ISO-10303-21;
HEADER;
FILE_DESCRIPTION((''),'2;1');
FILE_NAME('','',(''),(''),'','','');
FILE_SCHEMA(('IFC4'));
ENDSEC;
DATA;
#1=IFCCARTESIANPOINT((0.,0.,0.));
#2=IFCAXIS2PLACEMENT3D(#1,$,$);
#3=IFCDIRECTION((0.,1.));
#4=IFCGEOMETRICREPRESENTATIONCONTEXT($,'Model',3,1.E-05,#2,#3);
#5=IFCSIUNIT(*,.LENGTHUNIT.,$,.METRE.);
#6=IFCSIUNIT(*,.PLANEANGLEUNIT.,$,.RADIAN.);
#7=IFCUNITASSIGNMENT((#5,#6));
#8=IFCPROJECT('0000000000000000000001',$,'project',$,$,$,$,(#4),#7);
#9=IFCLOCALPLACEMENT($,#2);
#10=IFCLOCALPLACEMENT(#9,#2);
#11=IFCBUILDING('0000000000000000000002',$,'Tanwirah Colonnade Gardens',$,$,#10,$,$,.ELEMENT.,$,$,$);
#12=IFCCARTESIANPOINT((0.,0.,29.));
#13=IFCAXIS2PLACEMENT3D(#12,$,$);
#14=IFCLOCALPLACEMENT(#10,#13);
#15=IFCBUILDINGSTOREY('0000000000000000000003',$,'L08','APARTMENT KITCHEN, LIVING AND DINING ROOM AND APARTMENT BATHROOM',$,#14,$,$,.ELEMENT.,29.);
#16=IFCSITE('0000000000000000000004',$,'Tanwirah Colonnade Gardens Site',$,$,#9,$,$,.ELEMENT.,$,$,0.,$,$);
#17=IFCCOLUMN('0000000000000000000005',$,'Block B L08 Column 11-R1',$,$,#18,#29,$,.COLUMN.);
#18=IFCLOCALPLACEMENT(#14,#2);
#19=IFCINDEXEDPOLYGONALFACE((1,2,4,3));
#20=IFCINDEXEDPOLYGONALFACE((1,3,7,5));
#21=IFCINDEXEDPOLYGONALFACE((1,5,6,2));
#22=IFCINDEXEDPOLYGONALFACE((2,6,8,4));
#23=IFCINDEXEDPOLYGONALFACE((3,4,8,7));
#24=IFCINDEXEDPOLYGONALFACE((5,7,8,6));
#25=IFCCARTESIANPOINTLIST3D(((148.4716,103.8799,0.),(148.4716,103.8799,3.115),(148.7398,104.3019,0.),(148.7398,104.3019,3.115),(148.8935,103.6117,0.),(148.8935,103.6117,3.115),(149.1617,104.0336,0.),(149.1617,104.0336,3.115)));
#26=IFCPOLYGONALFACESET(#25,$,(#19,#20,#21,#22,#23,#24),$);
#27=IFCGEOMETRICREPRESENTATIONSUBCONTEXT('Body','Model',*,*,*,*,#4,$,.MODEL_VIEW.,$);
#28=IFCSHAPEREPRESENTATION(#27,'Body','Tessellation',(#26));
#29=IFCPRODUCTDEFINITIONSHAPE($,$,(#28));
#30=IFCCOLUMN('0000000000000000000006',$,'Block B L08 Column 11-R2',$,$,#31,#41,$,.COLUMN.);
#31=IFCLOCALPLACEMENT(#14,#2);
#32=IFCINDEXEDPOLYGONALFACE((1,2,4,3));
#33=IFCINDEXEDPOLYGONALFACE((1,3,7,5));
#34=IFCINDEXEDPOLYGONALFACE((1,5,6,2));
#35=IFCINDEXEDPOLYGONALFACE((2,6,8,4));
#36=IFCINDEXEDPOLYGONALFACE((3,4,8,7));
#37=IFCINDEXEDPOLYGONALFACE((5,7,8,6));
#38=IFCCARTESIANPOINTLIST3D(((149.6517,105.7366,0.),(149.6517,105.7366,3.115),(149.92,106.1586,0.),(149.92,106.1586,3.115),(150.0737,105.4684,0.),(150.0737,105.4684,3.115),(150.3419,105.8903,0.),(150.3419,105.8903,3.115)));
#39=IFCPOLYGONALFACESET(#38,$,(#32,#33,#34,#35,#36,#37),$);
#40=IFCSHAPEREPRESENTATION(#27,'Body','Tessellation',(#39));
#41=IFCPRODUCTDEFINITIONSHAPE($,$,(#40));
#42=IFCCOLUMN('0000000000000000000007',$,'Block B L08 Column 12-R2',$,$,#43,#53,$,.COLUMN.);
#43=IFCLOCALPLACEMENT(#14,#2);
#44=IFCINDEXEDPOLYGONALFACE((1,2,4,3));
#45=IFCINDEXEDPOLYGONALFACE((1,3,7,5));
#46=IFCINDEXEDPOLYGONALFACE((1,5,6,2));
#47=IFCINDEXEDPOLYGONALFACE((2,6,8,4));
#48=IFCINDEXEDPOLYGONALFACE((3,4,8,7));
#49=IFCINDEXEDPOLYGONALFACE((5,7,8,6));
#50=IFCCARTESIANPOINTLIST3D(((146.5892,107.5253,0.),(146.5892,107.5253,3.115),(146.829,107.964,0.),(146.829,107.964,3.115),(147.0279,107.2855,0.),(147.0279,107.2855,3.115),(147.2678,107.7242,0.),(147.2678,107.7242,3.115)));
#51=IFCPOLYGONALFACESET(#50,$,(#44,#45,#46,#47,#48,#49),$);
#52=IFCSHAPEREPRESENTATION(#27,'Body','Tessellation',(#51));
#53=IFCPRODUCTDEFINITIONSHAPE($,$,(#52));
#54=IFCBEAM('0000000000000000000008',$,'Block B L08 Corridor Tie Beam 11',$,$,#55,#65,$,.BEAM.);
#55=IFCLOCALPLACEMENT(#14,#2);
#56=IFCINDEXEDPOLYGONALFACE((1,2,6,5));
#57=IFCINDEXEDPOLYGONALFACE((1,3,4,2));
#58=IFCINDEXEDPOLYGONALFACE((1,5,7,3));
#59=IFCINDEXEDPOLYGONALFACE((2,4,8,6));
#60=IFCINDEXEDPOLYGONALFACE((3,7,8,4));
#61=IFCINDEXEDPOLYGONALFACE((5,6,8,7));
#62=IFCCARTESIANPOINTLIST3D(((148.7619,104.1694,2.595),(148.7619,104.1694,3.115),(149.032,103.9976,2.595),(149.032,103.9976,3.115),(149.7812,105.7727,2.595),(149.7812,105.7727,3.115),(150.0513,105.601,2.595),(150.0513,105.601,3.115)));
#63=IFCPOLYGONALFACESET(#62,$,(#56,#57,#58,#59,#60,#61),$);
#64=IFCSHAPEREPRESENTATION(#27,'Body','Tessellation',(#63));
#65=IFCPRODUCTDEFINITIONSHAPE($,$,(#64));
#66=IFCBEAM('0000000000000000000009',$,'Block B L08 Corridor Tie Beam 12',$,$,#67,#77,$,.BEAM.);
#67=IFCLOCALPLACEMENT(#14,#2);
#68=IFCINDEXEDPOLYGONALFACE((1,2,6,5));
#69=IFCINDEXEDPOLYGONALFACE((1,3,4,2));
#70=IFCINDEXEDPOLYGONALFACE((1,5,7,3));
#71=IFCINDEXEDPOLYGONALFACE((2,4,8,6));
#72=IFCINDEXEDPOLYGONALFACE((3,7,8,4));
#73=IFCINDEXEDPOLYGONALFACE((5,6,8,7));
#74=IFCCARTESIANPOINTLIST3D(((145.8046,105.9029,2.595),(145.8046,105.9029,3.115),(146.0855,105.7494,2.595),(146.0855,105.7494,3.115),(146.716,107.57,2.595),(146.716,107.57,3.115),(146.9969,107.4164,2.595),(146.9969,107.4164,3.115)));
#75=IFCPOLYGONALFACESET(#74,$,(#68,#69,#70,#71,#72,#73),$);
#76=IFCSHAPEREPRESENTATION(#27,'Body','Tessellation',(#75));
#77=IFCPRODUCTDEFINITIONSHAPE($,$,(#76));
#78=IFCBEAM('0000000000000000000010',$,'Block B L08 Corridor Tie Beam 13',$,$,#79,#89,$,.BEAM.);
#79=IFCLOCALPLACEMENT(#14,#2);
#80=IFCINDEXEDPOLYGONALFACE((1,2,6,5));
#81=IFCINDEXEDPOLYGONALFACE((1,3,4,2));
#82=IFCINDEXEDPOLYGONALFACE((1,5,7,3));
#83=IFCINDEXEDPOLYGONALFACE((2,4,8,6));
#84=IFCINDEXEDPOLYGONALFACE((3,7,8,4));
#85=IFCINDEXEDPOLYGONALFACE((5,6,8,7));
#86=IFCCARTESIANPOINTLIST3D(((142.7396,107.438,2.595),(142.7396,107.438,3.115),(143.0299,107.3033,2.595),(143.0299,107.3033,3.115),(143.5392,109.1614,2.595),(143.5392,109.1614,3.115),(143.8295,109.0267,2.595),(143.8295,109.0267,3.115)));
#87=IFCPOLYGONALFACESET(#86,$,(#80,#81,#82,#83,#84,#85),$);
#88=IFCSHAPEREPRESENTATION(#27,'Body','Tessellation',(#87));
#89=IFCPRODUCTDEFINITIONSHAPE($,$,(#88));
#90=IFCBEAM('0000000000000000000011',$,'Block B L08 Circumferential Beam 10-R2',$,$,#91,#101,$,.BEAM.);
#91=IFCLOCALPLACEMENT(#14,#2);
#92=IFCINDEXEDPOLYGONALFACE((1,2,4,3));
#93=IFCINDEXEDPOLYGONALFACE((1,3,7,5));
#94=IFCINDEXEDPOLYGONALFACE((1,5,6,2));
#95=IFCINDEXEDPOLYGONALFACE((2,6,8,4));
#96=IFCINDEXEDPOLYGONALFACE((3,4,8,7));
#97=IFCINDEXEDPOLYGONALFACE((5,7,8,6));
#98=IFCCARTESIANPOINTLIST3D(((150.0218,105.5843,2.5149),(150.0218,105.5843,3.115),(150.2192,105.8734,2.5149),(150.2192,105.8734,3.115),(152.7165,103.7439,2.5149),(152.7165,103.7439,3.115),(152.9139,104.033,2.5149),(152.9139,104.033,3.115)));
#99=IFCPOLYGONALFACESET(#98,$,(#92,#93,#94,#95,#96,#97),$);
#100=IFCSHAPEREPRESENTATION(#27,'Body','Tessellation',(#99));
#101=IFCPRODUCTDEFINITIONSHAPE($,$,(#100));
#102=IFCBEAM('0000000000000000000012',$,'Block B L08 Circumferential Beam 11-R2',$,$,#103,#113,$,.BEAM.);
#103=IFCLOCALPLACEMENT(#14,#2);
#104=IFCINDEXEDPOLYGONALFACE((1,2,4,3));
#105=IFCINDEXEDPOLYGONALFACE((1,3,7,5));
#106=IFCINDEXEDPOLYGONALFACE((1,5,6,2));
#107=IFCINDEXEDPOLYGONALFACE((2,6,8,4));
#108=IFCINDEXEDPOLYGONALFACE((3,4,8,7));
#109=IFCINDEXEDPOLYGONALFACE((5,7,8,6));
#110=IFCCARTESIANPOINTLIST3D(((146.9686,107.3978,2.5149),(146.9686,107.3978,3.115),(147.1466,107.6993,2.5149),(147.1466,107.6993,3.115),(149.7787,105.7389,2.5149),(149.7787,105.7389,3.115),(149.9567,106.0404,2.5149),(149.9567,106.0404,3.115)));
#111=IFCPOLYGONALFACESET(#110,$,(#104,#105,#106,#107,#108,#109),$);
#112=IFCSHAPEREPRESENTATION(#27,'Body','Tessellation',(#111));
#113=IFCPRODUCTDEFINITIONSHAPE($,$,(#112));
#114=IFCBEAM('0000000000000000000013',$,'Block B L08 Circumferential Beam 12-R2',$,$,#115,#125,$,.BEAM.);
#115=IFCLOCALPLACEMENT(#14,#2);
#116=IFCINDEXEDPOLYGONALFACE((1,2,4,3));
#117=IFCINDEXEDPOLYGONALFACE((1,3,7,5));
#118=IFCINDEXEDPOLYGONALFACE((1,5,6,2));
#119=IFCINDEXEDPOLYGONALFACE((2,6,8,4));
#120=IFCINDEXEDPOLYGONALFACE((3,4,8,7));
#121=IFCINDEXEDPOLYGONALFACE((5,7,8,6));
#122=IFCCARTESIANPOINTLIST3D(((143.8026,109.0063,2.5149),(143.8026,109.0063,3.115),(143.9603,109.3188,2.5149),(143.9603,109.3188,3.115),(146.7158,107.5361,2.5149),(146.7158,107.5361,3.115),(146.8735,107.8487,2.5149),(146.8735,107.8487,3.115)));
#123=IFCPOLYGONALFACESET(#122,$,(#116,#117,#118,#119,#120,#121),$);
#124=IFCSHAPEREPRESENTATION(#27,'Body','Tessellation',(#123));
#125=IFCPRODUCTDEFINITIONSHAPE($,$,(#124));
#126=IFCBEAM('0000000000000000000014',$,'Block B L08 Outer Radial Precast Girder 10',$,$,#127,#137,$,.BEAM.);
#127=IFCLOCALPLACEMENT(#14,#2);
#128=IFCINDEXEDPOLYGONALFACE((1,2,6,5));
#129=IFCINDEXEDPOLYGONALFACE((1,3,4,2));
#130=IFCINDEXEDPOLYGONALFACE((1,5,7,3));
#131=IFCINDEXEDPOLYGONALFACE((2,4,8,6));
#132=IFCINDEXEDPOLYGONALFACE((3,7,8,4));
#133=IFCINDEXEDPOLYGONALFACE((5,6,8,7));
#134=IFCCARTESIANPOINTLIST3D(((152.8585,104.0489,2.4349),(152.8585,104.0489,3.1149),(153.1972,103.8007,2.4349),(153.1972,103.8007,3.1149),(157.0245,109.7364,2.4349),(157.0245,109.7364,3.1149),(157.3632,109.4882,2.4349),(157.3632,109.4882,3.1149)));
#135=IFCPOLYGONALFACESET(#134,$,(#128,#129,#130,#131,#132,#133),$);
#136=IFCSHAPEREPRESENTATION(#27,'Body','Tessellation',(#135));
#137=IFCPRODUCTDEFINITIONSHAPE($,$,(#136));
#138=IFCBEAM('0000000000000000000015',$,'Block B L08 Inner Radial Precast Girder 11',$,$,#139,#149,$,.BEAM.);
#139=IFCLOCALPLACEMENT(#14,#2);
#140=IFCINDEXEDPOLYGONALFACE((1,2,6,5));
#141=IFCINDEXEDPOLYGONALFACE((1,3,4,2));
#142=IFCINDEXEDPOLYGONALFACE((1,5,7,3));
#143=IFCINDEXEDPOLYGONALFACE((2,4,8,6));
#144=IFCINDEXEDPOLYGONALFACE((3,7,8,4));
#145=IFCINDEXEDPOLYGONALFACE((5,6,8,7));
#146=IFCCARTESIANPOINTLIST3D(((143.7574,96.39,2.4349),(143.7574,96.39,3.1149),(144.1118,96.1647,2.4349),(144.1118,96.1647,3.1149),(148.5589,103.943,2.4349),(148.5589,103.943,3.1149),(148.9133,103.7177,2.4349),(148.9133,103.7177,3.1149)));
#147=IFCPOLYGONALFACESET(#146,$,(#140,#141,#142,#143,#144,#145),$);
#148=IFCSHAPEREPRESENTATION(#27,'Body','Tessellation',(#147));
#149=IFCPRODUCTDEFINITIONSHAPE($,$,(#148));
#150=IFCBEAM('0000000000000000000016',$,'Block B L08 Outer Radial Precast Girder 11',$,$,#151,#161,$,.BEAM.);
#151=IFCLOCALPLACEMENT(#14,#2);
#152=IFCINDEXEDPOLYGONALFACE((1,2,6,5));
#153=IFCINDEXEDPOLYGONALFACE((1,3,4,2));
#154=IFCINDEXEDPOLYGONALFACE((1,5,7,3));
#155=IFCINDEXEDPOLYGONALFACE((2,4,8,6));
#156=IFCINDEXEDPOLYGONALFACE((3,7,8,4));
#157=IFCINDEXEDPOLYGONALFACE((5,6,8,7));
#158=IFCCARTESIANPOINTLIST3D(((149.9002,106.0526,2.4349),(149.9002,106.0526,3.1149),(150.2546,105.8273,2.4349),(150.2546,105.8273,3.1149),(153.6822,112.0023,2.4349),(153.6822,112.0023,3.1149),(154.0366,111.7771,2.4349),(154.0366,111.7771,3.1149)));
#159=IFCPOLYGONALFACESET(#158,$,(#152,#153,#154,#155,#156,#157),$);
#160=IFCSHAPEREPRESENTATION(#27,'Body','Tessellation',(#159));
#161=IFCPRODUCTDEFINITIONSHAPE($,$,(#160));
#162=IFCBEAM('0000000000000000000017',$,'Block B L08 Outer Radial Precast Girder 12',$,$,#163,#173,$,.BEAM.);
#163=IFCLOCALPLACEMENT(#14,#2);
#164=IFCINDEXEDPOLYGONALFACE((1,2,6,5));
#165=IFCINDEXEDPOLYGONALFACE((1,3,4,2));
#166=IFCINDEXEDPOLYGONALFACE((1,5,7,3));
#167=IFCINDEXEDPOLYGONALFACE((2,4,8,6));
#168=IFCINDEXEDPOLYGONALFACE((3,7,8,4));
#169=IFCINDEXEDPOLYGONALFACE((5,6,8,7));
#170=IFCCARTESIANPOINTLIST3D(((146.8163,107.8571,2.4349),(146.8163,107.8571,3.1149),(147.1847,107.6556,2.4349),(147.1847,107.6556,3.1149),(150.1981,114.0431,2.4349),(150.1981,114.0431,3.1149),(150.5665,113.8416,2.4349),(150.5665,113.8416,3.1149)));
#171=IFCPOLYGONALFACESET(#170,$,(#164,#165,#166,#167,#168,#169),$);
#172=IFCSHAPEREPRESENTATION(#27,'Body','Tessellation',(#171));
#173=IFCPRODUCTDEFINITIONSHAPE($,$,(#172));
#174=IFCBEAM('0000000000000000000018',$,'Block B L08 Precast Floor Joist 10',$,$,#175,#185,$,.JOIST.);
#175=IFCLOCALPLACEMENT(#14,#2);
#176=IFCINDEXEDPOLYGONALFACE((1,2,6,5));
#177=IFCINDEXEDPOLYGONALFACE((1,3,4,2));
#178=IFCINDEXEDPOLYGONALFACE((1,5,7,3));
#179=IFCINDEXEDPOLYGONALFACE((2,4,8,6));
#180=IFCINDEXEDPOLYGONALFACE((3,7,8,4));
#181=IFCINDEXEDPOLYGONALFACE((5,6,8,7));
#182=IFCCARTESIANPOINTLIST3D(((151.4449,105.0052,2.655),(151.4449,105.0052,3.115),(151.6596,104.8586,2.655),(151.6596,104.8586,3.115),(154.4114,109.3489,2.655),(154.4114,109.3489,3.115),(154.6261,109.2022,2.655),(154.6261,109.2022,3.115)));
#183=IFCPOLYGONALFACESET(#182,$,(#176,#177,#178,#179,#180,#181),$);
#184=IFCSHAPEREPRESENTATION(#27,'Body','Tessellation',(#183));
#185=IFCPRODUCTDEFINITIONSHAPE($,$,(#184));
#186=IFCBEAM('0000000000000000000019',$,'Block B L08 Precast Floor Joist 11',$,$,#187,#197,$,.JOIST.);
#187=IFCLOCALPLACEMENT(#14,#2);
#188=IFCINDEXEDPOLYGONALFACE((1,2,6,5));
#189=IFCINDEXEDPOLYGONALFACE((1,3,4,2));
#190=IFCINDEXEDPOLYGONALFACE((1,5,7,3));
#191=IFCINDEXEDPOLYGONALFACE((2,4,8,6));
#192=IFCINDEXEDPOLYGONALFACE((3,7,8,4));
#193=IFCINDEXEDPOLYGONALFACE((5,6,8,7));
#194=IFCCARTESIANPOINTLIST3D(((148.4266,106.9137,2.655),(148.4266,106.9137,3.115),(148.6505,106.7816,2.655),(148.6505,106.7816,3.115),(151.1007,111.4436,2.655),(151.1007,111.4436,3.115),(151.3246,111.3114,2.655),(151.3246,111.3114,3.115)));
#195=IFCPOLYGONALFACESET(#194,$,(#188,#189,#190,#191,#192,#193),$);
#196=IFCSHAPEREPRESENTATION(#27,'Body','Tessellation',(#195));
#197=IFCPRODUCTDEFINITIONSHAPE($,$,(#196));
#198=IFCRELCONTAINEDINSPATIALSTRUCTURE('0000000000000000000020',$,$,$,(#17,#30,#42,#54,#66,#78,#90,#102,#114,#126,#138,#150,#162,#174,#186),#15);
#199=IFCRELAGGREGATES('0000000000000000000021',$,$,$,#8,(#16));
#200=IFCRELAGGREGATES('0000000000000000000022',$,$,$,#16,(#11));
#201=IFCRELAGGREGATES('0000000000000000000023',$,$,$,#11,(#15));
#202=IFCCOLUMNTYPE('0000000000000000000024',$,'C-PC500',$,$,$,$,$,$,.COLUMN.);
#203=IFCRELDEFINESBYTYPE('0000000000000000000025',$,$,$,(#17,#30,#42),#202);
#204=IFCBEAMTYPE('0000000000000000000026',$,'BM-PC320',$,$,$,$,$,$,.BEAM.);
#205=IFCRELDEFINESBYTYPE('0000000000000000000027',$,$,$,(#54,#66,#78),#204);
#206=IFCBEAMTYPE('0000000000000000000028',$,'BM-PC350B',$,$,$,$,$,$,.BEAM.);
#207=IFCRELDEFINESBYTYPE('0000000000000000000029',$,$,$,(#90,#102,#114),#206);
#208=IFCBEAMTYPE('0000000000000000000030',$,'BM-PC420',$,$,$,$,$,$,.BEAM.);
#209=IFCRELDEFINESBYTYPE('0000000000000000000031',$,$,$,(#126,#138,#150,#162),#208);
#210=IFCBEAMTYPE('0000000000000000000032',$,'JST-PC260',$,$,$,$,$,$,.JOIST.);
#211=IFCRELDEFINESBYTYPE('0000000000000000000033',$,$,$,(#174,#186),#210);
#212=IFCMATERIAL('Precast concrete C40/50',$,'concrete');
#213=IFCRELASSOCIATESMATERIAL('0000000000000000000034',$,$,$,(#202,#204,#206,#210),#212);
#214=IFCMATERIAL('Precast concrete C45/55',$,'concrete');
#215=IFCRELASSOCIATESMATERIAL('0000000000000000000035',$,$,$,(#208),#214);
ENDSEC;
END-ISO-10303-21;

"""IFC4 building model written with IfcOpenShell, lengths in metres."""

from ifc_helpers import new_model, si_unit, direction, frame, origin, origin_2d, place, context, subcontext, project, spatial, rectangle, extrude, material, material_profile, profile_set, type_object, element, save


model = new_model("IFC4")

# Units and contexts
model_context = context("Model", 3, precision=1e-05, world=origin(), true_north=direction((0.0, 1.0)))
body_context = subcontext(model_context, "Body", "Model", "MODEL_VIEW")
ifc_project = project(units=[si_unit("LENGTHUNIT", "METRE"), si_unit("PLANEANGLEUNIT", "RADIAN")], contexts=[model_context])

# Site, building, storey
site_placement = place(None, origin())
site = spatial("IfcSite", under=ifc_project, at=site_placement, Name="Tanwirah Colonnade Gardens Site", CompositionType="ELEMENT", RefElevation=0.0)
building_placement = place(site_placement, origin())
building = spatial("IfcBuilding", under=site, at=building_placement, Name="Tanwirah Colonnade Gardens", CompositionType="ELEMENT")
storey_placement = place(building_placement, frame((0.0, 0.0, 29.0)))
storey = spatial("IfcBuildingStorey", under=building, at=storey_placement, Name="L08", Description="APARTMENT KITCHEN, LIVING AND DINING ROOM AND APARTMENT BATHROOM", CompositionType="ELEMENT", Elevation=29.0)

# Columns
ifc_material_1 = material(Name="Precast concrete C40/50", Category="concrete")
ifc_material_profile_1 = material_profile(ifc_material_1, rectangle(XDim=0.5, YDim=0.5, at=origin_2d()), Name="PC-COL 500x500")
ifc_profile_set_1 = profile_set([ifc_material_profile_1], Name="Precast concrete C40/50")
column_type = type_object("IfcColumnType", Name="C-PC500", PredefinedType="COLUMN", material=ifc_profile_set_1)
for number, where, z_axis, x_axis, name in (
    (1, (148.8167, 103.9568, 0.0), (0.0, 0.0, 1.0), (0.536482, 0.843912, 0.0), "Block B L08 Column 11-R1"),
    (2, (149.9968, 105.8135, 0.0), (0.0, 0.0, 1.0), (0.536482, 0.843912, 0.0), "Block B L08 Column 11-R2"),
    (3, (146.9285, 107.6248, 0.0), (0.0, 0.0, 1.0), (0.479713, 0.877425, 0.0), "Block B L08 Column 12-R2"),
):
    element("IfcColumn", number, at=place(storey_placement, frame(where, z_axis=z_axis, x_axis=x_axis)), inside=storey, type_object=column_type, Name=name, PredefinedType="COLUMN", context=body_context, shape_type="SweptSolid", body=[
        extrude(rectangle(XDim=0.5, YDim=0.5, at=origin_2d()), origin(), (0.0, 0.0, 1.0), 3.115),
    ])

# Beams
ifc_material_profile_2 = material_profile(ifc_material_1, rectangle(XDim=0.3201, YDim=0.52, at=origin_2d()), Name="PC-BM 320x520")
ifc_profile_set_2 = profile_set([ifc_material_profile_2], Name="Precast concrete C40/50")
beam_type_1 = type_object("IfcBeamType", Name="BM-PC320", PredefinedType="BEAM", material=ifc_profile_set_2)
for number, where, z_axis, x_axis, name in (
    (4, (148.897, 104.0835, 2.855), (0.53651, 0.843894, 0.0), (-0.843894, 0.53651, 0.0), "Block B L08 Corridor Tie Beam 11"),
    (5, (145.9451, 105.8262, 2.855), (0.479707, 0.877429, 0.0), (-0.877429, 0.479707, 0.0), "Block B L08 Corridor Tie Beam 12"),
    (6, (142.8848, 107.3706, 2.855), (0.420858, 0.907126, 0.0), (-0.907126, 0.420858, 0.0), "Block B L08 Corridor Tie Beam 13"),
):
    element("IfcBeam", number, at=place(storey_placement, frame(where, z_axis=z_axis, x_axis=x_axis)), inside=storey, type_object=beam_type_1, Name=name, PredefinedType="BEAM", context=body_context, shape_type="SweptSolid", body=[
        extrude(rectangle(XDim=0.3201, YDim=0.52, at=origin_2d()), origin(), (0.0, 0.0, 1.0), 1.8999),
    ])
ifc_material_profile_3 = material_profile(ifc_material_1, rectangle(XDim=0.3501, YDim=0.6001, at=origin_2d()), Name="PC-BM 350x600")
ifc_profile_set_3 = profile_set([ifc_material_profile_3], Name="Precast concrete C40/50")
beam_type_2 = type_object("IfcBeamType", Name="BM-PC350B", PredefinedType="BEAM", material=ifc_profile_set_3)
for number, where, z_axis, x_axis, name in (
    (7, (152.8152, 103.8884, 2.8149), (-0.825782, 0.563989, 0.0), (-0.563989, -0.825782, 0.0), "Block B L08 Circumferential Beam 10-R2"),
    (8, (149.8677, 105.8896, 2.8149), (-0.861135, 0.508376, 0.0), (-0.508376, -0.861135, 0.0), "Block B L08 Circumferential Beam 11-R2"),
    (9, (146.7947, 107.6924, 2.8149), (-0.89276, 0.450532, 0.0), (-0.450532, -0.89276, 0.0), "Block B L08 Circumferential Beam 12-R2"),
):
    element("IfcBeam", number, at=place(storey_placement, frame(where, z_axis=z_axis, x_axis=x_axis)), inside=storey, type_object=beam_type_2, Name=name, PredefinedType="BEAM", context=body_context, shape_type="SweptSolid", body=[
        extrude(rectangle(XDim=0.3501, YDim=0.6001, at=origin_2d()), origin(), (0.0, 0.0, 1.0), 3.2632),
    ])
ifc_material_2 = material(Name="Precast concrete C45/55", Category="concrete")
ifc_material_profile_4 = material_profile(ifc_material_2, rectangle(XDim=0.4199, YDim=0.6799, at=origin_2d()), Name="PC-BM 420x680")
ifc_profile_set_4 = profile_set([ifc_material_profile_4], Name="Precast concrete C45/55")
beam_type_3 = type_object("IfcBeamType", Name="BM-PC420", PredefinedType="BEAM", material=ifc_profile_set_4)
beam_1_placement = place(storey_placement, frame((153.0278, 103.9248, 2.7749), z_axis=(0.590919, 0.806731, 0.0), x_axis=(-0.806731, 0.590919, 0.0)))
element("IfcBeam", 10, at=beam_1_placement, inside=storey, type_object=beam_type_3, Name="Block B L08 Outer Radial Precast Girder 10", PredefinedType="BEAM", context=body_context, shape_type="SweptSolid", body=[
    extrude(rectangle(XDim=0.4199, YDim=0.6799, at=origin_2d()), origin(), (0.0, 0.0, 1.0), 7.05),
])
beam_2_placement = place(storey_placement, frame((148.7361, 103.8303, 2.7749), z_axis=(-0.536484, -0.843911, 0.0), x_axis=(0.843911, -0.536484, 0.0)))
element("IfcBeam", 11, at=beam_2_placement, inside=storey, type_object=beam_type_3, Name="Block B L08 Inner Radial Precast Girder 11", PredefinedType="BEAM", context=body_context, shape_type="SweptSolid", body=[
    extrude(rectangle(XDim=0.4199, YDim=0.6799, at=origin_2d()), origin(), (0.0, 0.0, 1.0), 8.95),
])
for number, where, z_axis, x_axis, name in (
    (12, (150.0774, 105.9399, 2.7749), (0.536452, 0.843931, 0.0), (-0.843931, 0.536452, 0.0), "Block B L08 Outer Radial Precast Girder 11"),
    (13, (147.0005, 107.7563, 2.7749), (0.479687, 0.87744, 0.0), (-0.87744, 0.479687, 0.0), "Block B L08 Outer Radial Precast Girder 12"),
):
    element("IfcBeam", number, at=place(storey_placement, frame(where, z_axis=z_axis, x_axis=x_axis)), inside=storey, type_object=beam_type_3, Name=name, PredefinedType="BEAM", context=body_context, shape_type="SweptSolid", body=[
        extrude(rectangle(XDim=0.4199, YDim=0.6799, at=origin_2d()), origin(), (0.0, 0.0, 1.0), 7.05),
    ])
ifc_material_profile_5 = material_profile(ifc_material_1, rectangle(XDim=0.26, YDim=0.46, at=origin_2d()), Name="PC-JST 260x460")
ifc_profile_set_5 = profile_set([ifc_material_profile_5], Name="Precast concrete C40/50")
beam_type_4 = type_object("IfcBeamType", Name="JST-PC260", PredefinedType="JOIST", material=ifc_profile_set_5)
beam_3_placement = place(storey_placement, frame((151.5522, 104.9319, 2.885), z_axis=(0.563973, 0.825793, 0.0), x_axis=(-0.825793, 0.563973, 0.0)))
element("IfcBeam", 14, at=beam_3_placement, inside=storey, type_object=beam_type_4, Name="Block B L08 Precast Floor Joist 10", PredefinedType="JOIST", context=body_context, shape_type="SweptSolid", body=[
    extrude(rectangle(XDim=0.26, YDim=0.46, at=origin_2d()), origin(), (0.0, 0.0, 1.0), 5.26),
])
beam_4_placement = place(storey_placement, frame((148.5386, 106.8477, 2.885), z_axis=(0.50836, 0.861145, 0.0), x_axis=(-0.861145, 0.50836, 0.0)))
element("IfcBeam", 15, at=beam_4_placement, inside=storey, type_object=beam_type_4, Name="Block B L08 Precast Floor Joist 11", PredefinedType="JOIST", context=body_context, shape_type="SweptSolid", body=[
    extrude(rectangle(XDim=0.26, YDim=0.46, at=origin_2d()), origin(), (0.0, 0.0, 1.0), 5.2603),
])

save(model, "model.ifc")
